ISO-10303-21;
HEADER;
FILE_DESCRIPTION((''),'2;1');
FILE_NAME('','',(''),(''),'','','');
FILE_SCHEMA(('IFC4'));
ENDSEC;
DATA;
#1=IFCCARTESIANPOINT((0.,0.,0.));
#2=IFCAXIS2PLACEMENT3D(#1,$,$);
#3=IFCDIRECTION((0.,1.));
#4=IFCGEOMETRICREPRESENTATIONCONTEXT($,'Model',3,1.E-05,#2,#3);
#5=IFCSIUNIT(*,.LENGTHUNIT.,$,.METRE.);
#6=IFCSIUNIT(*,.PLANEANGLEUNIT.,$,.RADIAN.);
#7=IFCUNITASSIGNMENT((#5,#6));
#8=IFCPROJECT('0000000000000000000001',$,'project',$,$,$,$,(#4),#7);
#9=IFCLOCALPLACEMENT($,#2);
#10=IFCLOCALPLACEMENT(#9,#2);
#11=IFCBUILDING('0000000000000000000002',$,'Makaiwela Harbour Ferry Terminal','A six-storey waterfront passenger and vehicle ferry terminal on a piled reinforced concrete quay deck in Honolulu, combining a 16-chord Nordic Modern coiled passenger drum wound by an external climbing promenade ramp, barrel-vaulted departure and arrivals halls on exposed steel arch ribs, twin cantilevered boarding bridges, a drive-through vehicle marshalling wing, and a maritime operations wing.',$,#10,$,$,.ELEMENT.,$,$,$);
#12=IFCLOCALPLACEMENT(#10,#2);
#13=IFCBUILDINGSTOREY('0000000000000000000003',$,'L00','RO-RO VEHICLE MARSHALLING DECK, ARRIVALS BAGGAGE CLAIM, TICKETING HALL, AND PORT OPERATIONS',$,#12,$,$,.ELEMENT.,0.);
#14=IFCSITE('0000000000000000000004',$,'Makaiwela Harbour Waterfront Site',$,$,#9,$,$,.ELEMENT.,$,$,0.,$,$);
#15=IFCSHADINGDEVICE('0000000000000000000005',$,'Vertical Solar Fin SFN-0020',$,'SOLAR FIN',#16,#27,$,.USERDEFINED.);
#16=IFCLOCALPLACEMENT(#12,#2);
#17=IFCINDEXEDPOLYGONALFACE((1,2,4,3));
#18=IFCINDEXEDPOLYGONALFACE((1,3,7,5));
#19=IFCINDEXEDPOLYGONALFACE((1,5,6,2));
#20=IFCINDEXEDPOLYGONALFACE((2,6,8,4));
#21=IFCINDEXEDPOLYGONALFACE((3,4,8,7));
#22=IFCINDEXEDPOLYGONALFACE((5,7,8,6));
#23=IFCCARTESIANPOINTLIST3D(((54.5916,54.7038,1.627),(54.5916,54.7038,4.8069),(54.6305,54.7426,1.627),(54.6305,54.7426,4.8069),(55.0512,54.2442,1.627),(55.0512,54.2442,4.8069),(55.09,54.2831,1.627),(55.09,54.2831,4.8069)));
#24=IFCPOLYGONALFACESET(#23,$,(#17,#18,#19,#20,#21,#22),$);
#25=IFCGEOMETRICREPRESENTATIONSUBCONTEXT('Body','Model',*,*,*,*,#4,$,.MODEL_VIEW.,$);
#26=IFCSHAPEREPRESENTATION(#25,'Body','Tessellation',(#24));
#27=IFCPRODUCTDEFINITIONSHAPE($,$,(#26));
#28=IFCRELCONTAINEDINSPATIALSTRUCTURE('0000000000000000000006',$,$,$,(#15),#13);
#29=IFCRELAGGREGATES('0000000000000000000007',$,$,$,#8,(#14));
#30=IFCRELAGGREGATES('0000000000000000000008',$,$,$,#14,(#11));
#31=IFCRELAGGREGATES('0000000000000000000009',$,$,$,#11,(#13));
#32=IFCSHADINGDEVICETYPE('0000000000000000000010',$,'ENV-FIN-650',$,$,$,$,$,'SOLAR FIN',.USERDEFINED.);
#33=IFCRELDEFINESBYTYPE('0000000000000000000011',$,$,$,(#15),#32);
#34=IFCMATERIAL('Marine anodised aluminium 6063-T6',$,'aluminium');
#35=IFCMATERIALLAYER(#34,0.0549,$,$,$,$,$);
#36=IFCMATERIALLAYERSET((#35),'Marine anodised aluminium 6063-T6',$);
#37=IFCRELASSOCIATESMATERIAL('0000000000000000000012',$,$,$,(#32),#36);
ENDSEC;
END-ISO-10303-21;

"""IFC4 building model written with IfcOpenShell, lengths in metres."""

from ifc_helpers import new_model, si_unit, direction, frame, origin, origin_2d, place, context, subcontext, project, spatial, rectangle, extrude, material, layer, layer_set, type_object, element, save


model = new_model("IFC4")

# Units and contexts
model_context = context("Model", 3, precision=1e-05, world=origin(), true_north=direction((0.0, 1.0)))
body_context = subcontext(model_context, "Body", "Model", "MODEL_VIEW")
ifc_project = project(units=[si_unit("LENGTHUNIT", "METRE"), si_unit("PLANEANGLEUNIT", "RADIAN")], contexts=[model_context])

# Site, building, storey
site_placement = place(None, origin())
site = spatial("IfcSite", under=ifc_project, at=site_placement, Name="Makaiwela Harbour Waterfront Site", CompositionType="ELEMENT", RefElevation=0.0)
building_placement = place(site_placement, origin())
building = spatial("IfcBuilding", under=site, at=building_placement, Name="Makaiwela Harbour Ferry Terminal", Description="A six-storey waterfront passenger and vehicle ferry terminal on a piled reinforced concrete quay deck in Honolulu, combining a 16-chord Nordic Modern coiled passenger drum wound by an external climbing promenade ramp, barrel-vaulted departure and arrivals halls on exposed steel arch ribs, twin cantilevered boarding bridges, a drive-through vehicle marshalling wing, and a maritime operations wing.", CompositionType="ELEMENT")
storey_placement = place(building_placement, origin())
storey = spatial("IfcBuildingStorey", under=building, at=storey_placement, Name="L00", Description="RO-RO VEHICLE MARSHALLING DECK, ARRIVALS BAGGAGE CLAIM, TICKETING HALL, AND PORT OPERATIONS", CompositionType="ELEMENT", Elevation=0.0)

# Shared definitions
ifc_material_1 = material(Name="Marine anodised aluminium 6063-T6", Category="aluminium")

# Shading device
ifc_layer_1 = layer(ifc_material_1, 0.0549)
ifc_layer_set_1 = layer_set([ifc_layer_1], Name="Marine anodised aluminium 6063-T6")
shading_device_type = type_object("IfcShadingDeviceType", Name="ENV-FIN-650", ElementType="SOLAR FIN", PredefinedType="USERDEFINED", material=ifc_layer_set_1)
for number, where, z_axis, x_axis, name in (
    (1, (54.8408, 54.4934, 1.627), (0.0, 0.0, 1.0), (0.707107, -0.707107, 0.0), "Vertical Solar Fin SFN-0020"),
):
    element("IfcShadingDevice", number, at=place(storey_placement, frame(where, z_axis=z_axis, x_axis=x_axis)), inside=storey, type_object=shading_device_type, Name=name, ObjectType="SOLAR FIN", PredefinedType="USERDEFINED", context=body_context, shape_type="SweptSolid", body=[
        extrude(rectangle(XDim=0.6499, YDim=0.0549, at=origin_2d()), origin(), (0.0, 0.0, 1.0), 3.1799),
    ])

save(model, "model.ifc")
